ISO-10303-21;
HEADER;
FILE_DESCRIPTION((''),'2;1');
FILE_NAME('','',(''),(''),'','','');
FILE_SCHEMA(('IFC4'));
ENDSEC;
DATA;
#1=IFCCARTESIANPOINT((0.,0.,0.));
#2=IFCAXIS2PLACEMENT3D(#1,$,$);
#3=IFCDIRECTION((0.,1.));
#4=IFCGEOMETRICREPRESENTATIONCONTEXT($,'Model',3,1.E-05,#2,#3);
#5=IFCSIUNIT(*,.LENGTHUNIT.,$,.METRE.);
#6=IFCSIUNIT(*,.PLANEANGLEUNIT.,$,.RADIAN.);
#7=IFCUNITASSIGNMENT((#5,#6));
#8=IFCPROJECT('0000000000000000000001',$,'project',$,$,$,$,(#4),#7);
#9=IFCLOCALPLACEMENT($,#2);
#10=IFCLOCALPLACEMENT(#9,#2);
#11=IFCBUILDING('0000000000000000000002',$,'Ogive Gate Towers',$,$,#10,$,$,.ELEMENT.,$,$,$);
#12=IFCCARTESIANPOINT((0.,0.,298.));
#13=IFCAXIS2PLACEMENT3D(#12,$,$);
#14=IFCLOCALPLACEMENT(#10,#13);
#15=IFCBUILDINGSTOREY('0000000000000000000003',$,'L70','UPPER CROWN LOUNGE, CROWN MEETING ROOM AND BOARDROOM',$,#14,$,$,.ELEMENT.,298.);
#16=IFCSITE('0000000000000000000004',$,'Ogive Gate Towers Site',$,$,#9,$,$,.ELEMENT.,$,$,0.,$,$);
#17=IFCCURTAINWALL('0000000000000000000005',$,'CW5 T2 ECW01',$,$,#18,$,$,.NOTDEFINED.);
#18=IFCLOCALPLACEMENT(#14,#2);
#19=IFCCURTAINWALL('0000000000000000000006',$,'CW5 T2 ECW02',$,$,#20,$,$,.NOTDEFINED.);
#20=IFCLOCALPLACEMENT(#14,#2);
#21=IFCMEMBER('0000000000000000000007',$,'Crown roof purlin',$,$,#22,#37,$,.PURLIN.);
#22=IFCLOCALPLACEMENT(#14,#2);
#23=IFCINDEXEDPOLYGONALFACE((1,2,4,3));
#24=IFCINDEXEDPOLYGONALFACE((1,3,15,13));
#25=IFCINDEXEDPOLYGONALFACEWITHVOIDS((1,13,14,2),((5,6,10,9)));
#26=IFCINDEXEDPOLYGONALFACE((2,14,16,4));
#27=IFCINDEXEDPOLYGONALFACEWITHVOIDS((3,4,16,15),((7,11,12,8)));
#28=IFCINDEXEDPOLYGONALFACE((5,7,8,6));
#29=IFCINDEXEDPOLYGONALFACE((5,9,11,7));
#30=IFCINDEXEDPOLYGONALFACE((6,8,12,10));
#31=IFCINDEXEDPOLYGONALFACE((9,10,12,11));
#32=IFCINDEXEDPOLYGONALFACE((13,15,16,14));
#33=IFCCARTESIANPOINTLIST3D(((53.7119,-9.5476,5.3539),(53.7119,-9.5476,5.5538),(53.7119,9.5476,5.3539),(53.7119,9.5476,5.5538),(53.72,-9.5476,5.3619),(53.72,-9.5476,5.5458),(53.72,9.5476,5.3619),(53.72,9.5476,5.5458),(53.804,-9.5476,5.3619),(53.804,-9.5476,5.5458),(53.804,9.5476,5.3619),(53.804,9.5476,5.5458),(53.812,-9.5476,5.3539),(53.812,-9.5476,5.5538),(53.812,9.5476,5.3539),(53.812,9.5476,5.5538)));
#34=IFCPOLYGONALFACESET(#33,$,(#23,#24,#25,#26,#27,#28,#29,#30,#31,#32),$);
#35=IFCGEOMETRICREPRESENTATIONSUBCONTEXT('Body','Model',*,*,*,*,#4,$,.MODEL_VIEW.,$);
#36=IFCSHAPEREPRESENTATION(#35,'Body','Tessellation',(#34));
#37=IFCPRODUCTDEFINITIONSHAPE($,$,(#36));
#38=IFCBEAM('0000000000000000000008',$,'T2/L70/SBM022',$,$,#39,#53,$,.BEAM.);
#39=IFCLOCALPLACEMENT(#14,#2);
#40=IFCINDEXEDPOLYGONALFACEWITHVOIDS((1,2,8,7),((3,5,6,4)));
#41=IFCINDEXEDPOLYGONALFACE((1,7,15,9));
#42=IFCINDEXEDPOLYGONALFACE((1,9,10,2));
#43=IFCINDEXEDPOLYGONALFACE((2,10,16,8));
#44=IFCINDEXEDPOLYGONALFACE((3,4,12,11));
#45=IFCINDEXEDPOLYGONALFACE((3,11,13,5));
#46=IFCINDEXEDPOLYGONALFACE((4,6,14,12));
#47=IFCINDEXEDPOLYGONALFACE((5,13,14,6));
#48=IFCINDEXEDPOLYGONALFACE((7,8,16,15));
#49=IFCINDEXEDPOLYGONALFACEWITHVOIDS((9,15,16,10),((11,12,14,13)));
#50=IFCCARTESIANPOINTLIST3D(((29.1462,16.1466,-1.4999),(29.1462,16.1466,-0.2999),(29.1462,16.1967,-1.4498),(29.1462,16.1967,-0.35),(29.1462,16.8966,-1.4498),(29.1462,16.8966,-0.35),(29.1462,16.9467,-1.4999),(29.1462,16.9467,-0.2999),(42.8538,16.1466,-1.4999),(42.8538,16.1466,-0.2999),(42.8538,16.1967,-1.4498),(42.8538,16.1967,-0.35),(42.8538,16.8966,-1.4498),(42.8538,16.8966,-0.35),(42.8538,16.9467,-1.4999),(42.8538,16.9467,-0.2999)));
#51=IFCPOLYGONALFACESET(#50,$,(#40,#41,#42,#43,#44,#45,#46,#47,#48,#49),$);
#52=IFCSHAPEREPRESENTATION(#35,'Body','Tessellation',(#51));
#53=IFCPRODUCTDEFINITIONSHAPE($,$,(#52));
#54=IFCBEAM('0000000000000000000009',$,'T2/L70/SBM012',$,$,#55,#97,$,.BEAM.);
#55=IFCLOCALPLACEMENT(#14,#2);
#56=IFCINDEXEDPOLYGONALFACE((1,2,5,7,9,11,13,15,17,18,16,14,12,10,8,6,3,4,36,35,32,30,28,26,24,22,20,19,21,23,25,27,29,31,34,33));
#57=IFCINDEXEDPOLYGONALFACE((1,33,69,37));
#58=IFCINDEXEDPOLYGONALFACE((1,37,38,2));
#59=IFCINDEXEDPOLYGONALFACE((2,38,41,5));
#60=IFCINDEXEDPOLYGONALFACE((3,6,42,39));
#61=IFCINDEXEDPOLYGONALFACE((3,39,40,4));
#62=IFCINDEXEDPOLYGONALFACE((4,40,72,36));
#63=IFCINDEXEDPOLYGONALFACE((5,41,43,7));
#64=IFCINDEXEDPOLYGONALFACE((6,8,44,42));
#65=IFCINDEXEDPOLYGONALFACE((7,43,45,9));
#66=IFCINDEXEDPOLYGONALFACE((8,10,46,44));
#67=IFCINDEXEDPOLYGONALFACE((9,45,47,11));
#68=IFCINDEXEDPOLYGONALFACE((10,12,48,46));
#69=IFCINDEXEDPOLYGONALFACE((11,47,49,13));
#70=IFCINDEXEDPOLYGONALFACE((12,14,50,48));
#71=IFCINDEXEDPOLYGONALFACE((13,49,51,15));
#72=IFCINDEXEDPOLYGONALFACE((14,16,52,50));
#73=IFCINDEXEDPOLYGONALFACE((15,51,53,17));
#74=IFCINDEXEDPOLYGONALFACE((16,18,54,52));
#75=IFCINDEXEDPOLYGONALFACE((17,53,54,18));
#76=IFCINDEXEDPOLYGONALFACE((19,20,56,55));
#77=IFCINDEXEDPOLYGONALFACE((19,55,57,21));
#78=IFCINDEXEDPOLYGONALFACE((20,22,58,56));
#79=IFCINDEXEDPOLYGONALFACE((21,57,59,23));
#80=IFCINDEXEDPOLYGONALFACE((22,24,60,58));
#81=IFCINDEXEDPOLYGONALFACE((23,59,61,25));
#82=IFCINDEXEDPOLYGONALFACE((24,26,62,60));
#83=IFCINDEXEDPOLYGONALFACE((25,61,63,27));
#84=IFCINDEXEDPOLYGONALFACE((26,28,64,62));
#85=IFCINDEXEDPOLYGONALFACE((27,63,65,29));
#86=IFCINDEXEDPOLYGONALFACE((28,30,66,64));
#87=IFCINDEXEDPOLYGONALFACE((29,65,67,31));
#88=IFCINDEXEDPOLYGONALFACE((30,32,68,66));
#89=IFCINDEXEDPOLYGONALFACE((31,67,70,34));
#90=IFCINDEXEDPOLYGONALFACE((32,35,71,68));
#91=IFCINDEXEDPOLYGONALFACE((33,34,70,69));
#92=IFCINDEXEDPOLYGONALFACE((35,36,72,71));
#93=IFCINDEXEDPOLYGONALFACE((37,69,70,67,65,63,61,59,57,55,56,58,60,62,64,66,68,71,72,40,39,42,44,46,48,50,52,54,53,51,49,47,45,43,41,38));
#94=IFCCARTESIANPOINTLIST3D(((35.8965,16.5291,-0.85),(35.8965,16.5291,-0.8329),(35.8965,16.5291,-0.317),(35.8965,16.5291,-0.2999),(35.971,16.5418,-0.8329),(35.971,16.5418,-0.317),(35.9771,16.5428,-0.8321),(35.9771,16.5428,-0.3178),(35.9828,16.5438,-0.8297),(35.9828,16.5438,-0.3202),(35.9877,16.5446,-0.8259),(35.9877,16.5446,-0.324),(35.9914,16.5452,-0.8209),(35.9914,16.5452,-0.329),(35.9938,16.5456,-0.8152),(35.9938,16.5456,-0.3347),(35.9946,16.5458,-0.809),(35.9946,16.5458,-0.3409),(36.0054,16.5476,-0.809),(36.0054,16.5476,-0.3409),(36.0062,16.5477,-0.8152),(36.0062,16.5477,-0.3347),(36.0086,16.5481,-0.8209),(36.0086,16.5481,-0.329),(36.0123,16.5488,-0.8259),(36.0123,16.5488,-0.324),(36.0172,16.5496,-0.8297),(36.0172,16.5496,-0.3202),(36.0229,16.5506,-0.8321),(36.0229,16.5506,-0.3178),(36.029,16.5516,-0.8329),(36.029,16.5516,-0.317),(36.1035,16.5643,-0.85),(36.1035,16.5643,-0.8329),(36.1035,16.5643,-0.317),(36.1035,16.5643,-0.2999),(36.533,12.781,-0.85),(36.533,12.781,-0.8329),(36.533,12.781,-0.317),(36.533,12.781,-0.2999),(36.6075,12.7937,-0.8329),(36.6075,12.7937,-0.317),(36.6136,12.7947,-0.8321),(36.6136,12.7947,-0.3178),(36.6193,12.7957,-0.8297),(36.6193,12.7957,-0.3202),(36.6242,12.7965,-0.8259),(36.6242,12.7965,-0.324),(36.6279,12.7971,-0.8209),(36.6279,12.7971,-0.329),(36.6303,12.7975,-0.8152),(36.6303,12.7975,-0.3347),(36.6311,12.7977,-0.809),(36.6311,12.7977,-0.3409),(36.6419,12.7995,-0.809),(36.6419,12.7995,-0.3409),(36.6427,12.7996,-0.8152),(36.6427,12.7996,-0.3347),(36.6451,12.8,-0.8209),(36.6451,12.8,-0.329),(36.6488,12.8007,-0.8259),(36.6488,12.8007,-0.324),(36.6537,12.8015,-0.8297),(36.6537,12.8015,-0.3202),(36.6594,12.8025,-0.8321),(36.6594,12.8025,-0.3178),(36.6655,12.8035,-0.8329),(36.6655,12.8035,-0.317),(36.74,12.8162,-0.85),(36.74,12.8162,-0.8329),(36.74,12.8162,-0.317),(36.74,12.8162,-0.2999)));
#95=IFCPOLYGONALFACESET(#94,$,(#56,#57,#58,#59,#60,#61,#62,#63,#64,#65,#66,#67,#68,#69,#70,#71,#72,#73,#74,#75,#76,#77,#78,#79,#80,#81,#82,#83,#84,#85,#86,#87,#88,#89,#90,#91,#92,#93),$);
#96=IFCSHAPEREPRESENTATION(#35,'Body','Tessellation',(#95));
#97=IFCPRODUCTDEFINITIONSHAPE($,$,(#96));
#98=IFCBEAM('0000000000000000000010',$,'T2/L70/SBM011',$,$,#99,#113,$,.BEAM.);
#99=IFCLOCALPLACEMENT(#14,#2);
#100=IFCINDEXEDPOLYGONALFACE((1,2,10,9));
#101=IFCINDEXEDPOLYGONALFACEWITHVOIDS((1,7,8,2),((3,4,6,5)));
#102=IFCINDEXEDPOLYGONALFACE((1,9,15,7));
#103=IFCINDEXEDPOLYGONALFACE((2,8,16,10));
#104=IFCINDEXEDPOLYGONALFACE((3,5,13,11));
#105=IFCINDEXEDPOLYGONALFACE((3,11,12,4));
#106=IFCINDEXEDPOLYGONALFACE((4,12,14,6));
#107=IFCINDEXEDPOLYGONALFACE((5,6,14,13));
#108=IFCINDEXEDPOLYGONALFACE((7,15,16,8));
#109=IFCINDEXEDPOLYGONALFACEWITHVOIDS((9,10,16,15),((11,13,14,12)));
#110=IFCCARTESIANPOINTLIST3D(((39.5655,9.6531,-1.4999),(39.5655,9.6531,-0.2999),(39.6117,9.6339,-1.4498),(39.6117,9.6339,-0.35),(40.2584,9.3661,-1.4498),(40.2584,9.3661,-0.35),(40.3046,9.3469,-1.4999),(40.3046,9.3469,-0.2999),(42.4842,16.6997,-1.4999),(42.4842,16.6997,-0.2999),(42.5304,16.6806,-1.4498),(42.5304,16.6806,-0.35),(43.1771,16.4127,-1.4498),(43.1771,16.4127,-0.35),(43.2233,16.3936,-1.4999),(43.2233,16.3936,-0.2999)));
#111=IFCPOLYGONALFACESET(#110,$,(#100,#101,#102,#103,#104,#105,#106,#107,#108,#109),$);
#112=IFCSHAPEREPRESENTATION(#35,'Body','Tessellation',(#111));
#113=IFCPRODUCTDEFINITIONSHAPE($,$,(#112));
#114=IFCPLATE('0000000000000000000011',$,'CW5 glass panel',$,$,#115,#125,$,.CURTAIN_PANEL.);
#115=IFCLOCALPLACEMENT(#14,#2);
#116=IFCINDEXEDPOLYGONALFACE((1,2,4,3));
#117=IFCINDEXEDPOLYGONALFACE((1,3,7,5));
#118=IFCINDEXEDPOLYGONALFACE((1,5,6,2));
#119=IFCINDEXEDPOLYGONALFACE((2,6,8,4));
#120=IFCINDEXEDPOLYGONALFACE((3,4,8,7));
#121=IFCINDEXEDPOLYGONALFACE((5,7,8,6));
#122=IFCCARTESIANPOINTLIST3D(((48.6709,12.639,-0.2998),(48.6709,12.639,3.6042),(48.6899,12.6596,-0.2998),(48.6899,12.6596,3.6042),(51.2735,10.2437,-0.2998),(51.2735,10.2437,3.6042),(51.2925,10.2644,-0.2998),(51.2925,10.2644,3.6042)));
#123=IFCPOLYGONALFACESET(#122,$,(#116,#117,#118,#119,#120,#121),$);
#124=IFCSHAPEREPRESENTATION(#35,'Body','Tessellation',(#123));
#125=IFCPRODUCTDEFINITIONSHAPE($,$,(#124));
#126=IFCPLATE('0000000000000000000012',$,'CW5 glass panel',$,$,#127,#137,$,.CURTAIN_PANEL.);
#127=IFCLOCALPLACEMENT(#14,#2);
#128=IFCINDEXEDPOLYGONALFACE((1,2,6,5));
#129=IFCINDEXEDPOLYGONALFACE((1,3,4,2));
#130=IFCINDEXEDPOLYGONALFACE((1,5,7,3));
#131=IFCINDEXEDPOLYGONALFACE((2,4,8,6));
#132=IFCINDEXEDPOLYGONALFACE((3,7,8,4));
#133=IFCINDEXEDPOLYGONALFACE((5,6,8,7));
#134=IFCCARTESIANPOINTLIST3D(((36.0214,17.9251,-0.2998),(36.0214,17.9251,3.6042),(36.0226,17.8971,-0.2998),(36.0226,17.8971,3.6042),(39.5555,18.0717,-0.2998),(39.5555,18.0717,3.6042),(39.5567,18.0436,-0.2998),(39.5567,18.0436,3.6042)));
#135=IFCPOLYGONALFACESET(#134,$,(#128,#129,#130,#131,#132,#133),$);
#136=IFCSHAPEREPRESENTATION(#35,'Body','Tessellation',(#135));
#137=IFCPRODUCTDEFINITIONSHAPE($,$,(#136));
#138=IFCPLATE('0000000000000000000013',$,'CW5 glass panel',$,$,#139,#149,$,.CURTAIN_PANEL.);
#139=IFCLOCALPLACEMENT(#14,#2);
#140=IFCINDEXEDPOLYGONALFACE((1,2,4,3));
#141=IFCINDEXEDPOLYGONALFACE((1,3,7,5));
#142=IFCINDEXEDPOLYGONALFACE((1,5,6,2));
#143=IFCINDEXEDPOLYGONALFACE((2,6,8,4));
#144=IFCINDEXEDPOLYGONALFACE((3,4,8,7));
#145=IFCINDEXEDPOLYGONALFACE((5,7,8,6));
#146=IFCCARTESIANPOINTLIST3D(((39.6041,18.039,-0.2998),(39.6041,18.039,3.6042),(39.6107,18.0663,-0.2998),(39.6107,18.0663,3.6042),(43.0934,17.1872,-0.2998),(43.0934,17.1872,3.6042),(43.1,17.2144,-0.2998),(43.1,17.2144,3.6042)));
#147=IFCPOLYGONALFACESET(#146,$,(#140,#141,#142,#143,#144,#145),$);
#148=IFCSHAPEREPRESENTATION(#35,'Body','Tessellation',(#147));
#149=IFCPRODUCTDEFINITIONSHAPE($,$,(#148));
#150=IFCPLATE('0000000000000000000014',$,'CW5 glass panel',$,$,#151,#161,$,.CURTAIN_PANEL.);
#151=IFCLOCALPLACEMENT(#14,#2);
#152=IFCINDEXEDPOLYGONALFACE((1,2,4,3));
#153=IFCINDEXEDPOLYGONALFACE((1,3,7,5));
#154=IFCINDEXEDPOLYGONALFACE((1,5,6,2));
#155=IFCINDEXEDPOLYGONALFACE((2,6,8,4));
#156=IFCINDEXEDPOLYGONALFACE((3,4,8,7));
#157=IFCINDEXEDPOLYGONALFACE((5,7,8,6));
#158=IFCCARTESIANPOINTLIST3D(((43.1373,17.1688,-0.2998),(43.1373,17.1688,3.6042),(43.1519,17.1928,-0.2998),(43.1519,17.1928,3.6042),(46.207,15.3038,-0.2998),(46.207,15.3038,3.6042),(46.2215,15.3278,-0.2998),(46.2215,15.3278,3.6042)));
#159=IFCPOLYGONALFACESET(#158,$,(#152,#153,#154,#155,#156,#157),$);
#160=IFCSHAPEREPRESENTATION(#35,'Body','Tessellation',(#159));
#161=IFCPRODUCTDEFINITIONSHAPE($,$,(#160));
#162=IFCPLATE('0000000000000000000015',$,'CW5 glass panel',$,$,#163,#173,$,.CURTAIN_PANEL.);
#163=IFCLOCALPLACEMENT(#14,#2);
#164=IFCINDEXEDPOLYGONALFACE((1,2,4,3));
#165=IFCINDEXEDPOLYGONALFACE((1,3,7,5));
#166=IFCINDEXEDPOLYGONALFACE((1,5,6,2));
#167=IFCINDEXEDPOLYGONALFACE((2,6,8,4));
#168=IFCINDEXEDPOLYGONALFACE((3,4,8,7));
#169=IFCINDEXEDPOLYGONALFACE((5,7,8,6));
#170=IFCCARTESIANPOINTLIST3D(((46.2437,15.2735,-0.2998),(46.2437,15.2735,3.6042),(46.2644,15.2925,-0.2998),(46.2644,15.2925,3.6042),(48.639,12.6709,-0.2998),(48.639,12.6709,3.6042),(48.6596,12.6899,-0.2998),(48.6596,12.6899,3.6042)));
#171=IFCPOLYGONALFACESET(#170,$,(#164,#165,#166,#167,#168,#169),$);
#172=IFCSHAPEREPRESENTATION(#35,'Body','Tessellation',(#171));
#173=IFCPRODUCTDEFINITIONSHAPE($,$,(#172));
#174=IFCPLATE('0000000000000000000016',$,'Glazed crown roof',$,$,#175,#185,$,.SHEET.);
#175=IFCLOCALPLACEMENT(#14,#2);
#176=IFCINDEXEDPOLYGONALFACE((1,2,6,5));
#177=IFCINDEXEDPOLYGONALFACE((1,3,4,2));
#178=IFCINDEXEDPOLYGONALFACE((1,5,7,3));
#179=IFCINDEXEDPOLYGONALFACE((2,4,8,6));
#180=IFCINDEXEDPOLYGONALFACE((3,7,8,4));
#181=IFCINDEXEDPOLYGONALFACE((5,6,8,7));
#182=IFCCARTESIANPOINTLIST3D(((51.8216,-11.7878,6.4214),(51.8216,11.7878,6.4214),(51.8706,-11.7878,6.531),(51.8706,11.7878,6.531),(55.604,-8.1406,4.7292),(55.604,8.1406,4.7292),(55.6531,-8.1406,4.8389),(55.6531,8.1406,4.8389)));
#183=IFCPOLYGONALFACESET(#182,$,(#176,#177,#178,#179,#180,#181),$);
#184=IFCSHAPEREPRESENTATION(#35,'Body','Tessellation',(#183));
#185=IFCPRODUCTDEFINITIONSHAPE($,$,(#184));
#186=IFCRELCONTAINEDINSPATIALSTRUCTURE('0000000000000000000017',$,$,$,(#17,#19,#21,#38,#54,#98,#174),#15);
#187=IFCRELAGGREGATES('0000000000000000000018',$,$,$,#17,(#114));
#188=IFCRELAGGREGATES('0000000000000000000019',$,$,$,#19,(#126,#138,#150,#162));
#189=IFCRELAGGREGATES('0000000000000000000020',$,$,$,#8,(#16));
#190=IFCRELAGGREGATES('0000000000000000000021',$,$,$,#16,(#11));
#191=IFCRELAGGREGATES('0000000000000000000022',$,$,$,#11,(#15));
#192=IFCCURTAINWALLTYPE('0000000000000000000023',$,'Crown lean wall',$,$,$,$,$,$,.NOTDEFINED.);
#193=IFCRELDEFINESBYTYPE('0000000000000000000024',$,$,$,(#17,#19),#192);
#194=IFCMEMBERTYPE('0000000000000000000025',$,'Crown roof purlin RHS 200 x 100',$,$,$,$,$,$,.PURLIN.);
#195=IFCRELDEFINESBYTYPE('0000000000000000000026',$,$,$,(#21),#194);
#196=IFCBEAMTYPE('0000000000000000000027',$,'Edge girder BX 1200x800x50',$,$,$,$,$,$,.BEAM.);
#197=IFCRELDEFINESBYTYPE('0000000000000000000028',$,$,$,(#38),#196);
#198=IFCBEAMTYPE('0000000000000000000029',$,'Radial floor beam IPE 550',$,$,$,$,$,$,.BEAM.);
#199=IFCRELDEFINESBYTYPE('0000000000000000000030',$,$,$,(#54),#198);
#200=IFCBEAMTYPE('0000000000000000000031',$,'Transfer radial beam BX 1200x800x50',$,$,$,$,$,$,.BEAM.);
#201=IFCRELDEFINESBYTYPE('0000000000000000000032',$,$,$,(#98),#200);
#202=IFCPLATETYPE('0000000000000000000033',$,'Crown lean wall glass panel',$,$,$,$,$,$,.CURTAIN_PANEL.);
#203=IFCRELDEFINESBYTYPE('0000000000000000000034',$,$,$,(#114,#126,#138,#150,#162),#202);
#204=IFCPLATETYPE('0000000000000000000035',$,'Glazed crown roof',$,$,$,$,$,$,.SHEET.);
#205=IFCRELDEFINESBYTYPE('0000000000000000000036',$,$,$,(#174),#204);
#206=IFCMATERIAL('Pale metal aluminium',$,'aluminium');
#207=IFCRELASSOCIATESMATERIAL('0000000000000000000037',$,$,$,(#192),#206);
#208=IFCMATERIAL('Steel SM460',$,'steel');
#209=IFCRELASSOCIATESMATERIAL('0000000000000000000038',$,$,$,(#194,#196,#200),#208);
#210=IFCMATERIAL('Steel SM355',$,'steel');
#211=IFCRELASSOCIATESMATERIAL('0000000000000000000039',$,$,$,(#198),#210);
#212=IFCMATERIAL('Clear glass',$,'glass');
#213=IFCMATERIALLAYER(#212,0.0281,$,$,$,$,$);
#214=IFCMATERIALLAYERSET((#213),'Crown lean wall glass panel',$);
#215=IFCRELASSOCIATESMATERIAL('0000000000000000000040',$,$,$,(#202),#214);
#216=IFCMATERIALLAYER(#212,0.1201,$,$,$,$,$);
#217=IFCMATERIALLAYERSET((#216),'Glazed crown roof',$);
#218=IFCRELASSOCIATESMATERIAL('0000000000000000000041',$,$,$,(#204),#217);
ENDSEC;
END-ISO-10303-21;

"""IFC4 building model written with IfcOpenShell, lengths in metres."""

from ifc_helpers import new_model, si_unit, direction, frame, origin, origin_2d, place, context, subcontext, project, spatial, polyline, rectangle, hollow_rectangle, i_section, outline, extrude, material, layer, layer_set, material_profile, profile_set, type_object, element, aggregate, save


model = new_model("IFC4")

# Units and contexts
model_context = context("Model", 3, precision=1e-05, world=origin(), true_north=direction((0.0, 1.0)))
body_context = subcontext(model_context, "Body", "Model", "MODEL_VIEW")
ifc_project = project(units=[si_unit("LENGTHUNIT", "METRE"), si_unit("PLANEANGLEUNIT", "RADIAN")], contexts=[model_context])

# Site, building, storey
site_placement = place(None, origin())
site = spatial("IfcSite", under=ifc_project, at=site_placement, Name="Ogive Gate Towers Site", CompositionType="ELEMENT", RefElevation=0.0)
building_placement = place(site_placement, origin())
building = spatial("IfcBuilding", under=site, at=building_placement, Name="Ogive Gate Towers", CompositionType="ELEMENT")
storey_placement = place(building_placement, frame((0.0, 0.0, 298.0)))
storey = spatial("IfcBuildingStorey", under=building, at=storey_placement, Name="L70", Description="UPPER CROWN LOUNGE, CROWN MEETING ROOM AND BOARDROOM", CompositionType="ELEMENT", Elevation=298.0)

# Shared definitions
ifc_material_1 = material(Name="Steel SM460", Category="steel")

# Curtain walls
ifc_material_2 = material(Name="Pale metal aluminium", Category="aluminium")
curtain_wall_type = type_object("IfcCurtainWallType", Name="Crown lean wall", PredefinedType="NOTDEFINED", material=ifc_material_2)
curtain_wall_1_placement = place(storey_placement, origin())
curtain_wall_1 = element("IfcCurtainWall", 1, at=curtain_wall_1_placement, inside=storey, type_object=curtain_wall_type, Name="CW5 T2 ECW01", PredefinedType="NOTDEFINED")
curtain_wall_2_placement = place(storey_placement, origin())
curtain_wall_2 = element("IfcCurtainWall", 2, at=curtain_wall_2_placement, inside=storey, type_object=curtain_wall_type, Name="CW5 T2 ECW02", PredefinedType="NOTDEFINED")

# Member
ifc_material_profile_1 = material_profile(ifc_material_1, hollow_rectangle(XDim=0.1001, YDim=0.2, WallThickness=0.0081, at=origin_2d()), Name="RHS 200x100x8")
ifc_profile_set_1 = profile_set([ifc_material_profile_1], Name="Steel SM460")
member_type_1 = type_object("IfcMemberType", Name="Crown roof purlin RHS 200 x 100", PredefinedType="PURLIN", material=ifc_profile_set_1)
member_1_placement = place(storey_placement, frame((53.762, 9.5476, 5.4539), z_axis=(0.0, -1.0, 0.0), x_axis=(1.0, 0.0, 0.0)))
element("IfcMember", 3, at=member_1_placement, inside=storey, type_object=member_type_1, Name="Crown roof purlin", PredefinedType="PURLIN", context=body_context, shape_type="SweptSolid", body=[
    extrude(hollow_rectangle(XDim=0.1001, YDim=0.2, WallThickness=0.0081, at=origin_2d()), origin(), (0.0, 0.0, 1.0), 19.0952),
])

# Beams
ifc_material_profile_2 = material_profile(ifc_material_1, hollow_rectangle(XDim=0.8, YDim=1.2, WallThickness=0.05, at=origin_2d()), Name="BX 1200x800x50")
ifc_profile_set_2 = profile_set([ifc_material_profile_2], Name="Steel SM460")
beam_type_1 = type_object("IfcBeamType", Name="Edge girder BX 1200x800x50", PredefinedType="BEAM", material=ifc_profile_set_2)
beam_1_placement = place(storey_placement, frame((42.8538, 16.5466, -0.8999), z_axis=(-1.0, 0.0, 0.0), x_axis=(0.0, -1.0, 0.0)))
element("IfcBeam", 4, at=beam_1_placement, inside=storey, type_object=beam_type_1, Name="T2/L70/SBM022", PredefinedType="BEAM", context=body_context, shape_type="SweptSolid", body=[
    extrude(hollow_rectangle(XDim=0.8, YDim=1.2, WallThickness=0.05, at=origin_2d()), origin(), (0.0, 0.0, 1.0), 13.7075),
])
ifc_material_3 = material(Name="Steel SM355", Category="steel")
ifc_material_profile_3 = material_profile(ifc_material_3, i_section(OverallWidth=0.21, OverallDepth=0.55, WebThickness=0.011, FlangeThickness=0.0171, FilletRadius=0.0239, at=origin_2d()), Name="IPE 550")
ifc_profile_set_3 = profile_set([ifc_material_profile_3], Name="Steel SM355")
beam_type_2 = type_object("IfcBeamType", Name="Radial floor beam IPE 550", PredefinedType="BEAM", material=ifc_profile_set_3)
beam_2_placement = place(storey_placement, frame((36.6365, 12.7986, -0.575), z_axis=(-0.167418, 0.985886, 0.0), x_axis=(-0.985886, -0.167418, 0.0)))
element("IfcBeam", 5, at=beam_2_placement, inside=storey, type_object=beam_type_2, Name="T2/L70/SBM012", PredefinedType="BEAM", context=body_context, shape_type="SweptSolid", body=[
    extrude(i_section(OverallWidth=0.21, OverallDepth=0.55, WebThickness=0.011, FlangeThickness=0.0171, FilletRadius=0.0239, at=origin_2d()), origin(), (0.0, 0.0, 1.0), 3.8018),
])
ifc_material_profile_4 = material_profile(ifc_material_1, hollow_rectangle(XDim=0.8, YDim=1.2, WallThickness=0.05, at=origin_2d()), Name="BX 1200x800x50")
ifc_profile_set_4 = profile_set([ifc_material_profile_4], Name="Steel SM460")
beam_type_3 = type_object("IfcBeamType", Name="Transfer radial beam BX 1200x800x50", PredefinedType="BEAM", material=ifc_profile_set_4)
beam_3_placement = place(storey_placement, frame((39.9351, 9.5, -0.8999), z_axis=(0.382671, 0.923885, 0.0), x_axis=(-0.923885, 0.382671, 0.0)))
element("IfcBeam", 6, at=beam_3_placement, inside=storey, type_object=beam_type_3, Name="T2/L70/SBM011", PredefinedType="BEAM", context=body_context, shape_type="SweptSolid", body=[
    extrude(hollow_rectangle(XDim=0.8, YDim=1.2, WallThickness=0.05, at=origin_2d()), origin(), (0.0, 0.0, 1.0), 7.6272),
])

# Plates
ifc_material_4 = material(Name="Clear glass", Category="glass")
ifc_layer_1 = layer(ifc_material_4, 0.0281)
ifc_layer_set_1 = layer_set([ifc_layer_1], Name="Crown lean wall glass panel")
plate_type_1 = type_object("IfcPlateType", Name="Crown lean wall glass panel", PredefinedType="CURTAIN_PANEL", material=ifc_layer_set_1)
plate_1_placement = place(storey_placement, frame((49.9817, 11.4517, -0.2998), z_axis=(0.0, 0.0, 1.0), x_axis=(0.735813, -0.677184, 0.0)))
plate_1 = element("IfcPlate", 7, at=plate_1_placement, type_object=plate_type_1, Name="CW5 glass panel", PredefinedType="CURTAIN_PANEL", context=body_context, shape_type="SweptSolid", body=[
    extrude(rectangle(XDim=3.5371, YDim=0.0281, at=origin_2d()), origin(), (0.0, 0.0, 1.0), 3.9041),
])
aggregate(curtain_wall_1, [plate_1])
plate_2_placement = place(storey_placement, frame((37.7891, 17.9844, -0.2998), z_axis=(0.0, 0.0, 1.0), x_axis=(0.999141, 0.04144, 0.0)))
plate_2 = element("IfcPlate", 8, at=plate_2_placement, type_object=plate_type_1, Name="CW5 glass panel", PredefinedType="CURTAIN_PANEL", context=body_context, shape_type="SweptSolid", body=[
    extrude(rectangle(XDim=3.5371, YDim=0.0281, at=origin_2d()), origin(), (0.0, 0.0, 1.0), 3.9041),
])
plate_3_placement = place(storey_placement, frame((41.3521, 17.6267, -0.2998), z_axis=(0.0, 0.0, 1.0), x_axis=(0.971471, -0.23716, 0.0)))
plate_3 = element("IfcPlate", 9, at=plate_3_placement, type_object=plate_type_1, Name="CW5 glass panel", PredefinedType="CURTAIN_PANEL", context=body_context, shape_type="SweptSolid", body=[
    extrude(rectangle(XDim=3.5918, YDim=0.0281, at=origin_2d()), origin(), (0.0, 0.0, 1.0), 3.9041),
])
plate_4_placement = place(storey_placement, frame((44.6794, 16.2483, -0.2998), z_axis=(0.0, 0.0, 1.0), x_axis=(0.854622, -0.519251, 0.0)))
plate_4 = element("IfcPlate", 10, at=plate_4_placement, type_object=plate_type_1, Name="CW5 glass panel", PredefinedType="CURTAIN_PANEL", context=body_context, shape_type="SweptSolid", body=[
    extrude(rectangle(XDim=3.5918, YDim=0.0281, at=origin_2d()), origin(), (0.0, 0.0, 1.0), 3.9041),
])
plate_5_placement = place(storey_placement, frame((47.4517, 13.9817, -0.2998), z_axis=(0.0, 0.0, 1.0), x_axis=(0.677184, -0.735813, 0.0)))
plate_5 = element("IfcPlate", 11, at=plate_5_placement, type_object=plate_type_1, Name="CW5 glass panel", PredefinedType="CURTAIN_PANEL", context=body_context, shape_type="SweptSolid", body=[
    extrude(rectangle(XDim=3.5371, YDim=0.0281, at=origin_2d()), origin(), (0.0, 0.0, 1.0), 3.9041),
])
aggregate(curtain_wall_2, [plate_2, plate_3, plate_4, plate_5])
ifc_layer_2 = layer(ifc_material_4, 0.1201)
ifc_layer_set_2 = layer_set([ifc_layer_2], Name="Glazed crown roof")
plate_type_2 = type_object("IfcPlateType", Name="Glazed crown roof", PredefinedType="SHEET", material=ifc_layer_set_2)
plate_6_placement = place(storey_placement, frame((51.8706, 11.7878, 6.531), z_axis=(0.408362, 0.0, 0.91282), x_axis=(0.685205, -0.660704, -0.306536)))
element("IfcPlate", 12, at=plate_6_placement, inside=storey, type_object=plate_type_2, Name="Glazed crown roof", PredefinedType="SHEET", context=body_context, shape_type="SweptSolid", body=[
    extrude(outline(polyline([(0.0, 0.0), (5.5202, 0.0), (16.2773, -12.2215), (15.5765, -17.697), (0.0, 0.0)])), origin(), (0.0, 0.0, -1.0), 0.1201),
])

save(model, "model.ifc")
